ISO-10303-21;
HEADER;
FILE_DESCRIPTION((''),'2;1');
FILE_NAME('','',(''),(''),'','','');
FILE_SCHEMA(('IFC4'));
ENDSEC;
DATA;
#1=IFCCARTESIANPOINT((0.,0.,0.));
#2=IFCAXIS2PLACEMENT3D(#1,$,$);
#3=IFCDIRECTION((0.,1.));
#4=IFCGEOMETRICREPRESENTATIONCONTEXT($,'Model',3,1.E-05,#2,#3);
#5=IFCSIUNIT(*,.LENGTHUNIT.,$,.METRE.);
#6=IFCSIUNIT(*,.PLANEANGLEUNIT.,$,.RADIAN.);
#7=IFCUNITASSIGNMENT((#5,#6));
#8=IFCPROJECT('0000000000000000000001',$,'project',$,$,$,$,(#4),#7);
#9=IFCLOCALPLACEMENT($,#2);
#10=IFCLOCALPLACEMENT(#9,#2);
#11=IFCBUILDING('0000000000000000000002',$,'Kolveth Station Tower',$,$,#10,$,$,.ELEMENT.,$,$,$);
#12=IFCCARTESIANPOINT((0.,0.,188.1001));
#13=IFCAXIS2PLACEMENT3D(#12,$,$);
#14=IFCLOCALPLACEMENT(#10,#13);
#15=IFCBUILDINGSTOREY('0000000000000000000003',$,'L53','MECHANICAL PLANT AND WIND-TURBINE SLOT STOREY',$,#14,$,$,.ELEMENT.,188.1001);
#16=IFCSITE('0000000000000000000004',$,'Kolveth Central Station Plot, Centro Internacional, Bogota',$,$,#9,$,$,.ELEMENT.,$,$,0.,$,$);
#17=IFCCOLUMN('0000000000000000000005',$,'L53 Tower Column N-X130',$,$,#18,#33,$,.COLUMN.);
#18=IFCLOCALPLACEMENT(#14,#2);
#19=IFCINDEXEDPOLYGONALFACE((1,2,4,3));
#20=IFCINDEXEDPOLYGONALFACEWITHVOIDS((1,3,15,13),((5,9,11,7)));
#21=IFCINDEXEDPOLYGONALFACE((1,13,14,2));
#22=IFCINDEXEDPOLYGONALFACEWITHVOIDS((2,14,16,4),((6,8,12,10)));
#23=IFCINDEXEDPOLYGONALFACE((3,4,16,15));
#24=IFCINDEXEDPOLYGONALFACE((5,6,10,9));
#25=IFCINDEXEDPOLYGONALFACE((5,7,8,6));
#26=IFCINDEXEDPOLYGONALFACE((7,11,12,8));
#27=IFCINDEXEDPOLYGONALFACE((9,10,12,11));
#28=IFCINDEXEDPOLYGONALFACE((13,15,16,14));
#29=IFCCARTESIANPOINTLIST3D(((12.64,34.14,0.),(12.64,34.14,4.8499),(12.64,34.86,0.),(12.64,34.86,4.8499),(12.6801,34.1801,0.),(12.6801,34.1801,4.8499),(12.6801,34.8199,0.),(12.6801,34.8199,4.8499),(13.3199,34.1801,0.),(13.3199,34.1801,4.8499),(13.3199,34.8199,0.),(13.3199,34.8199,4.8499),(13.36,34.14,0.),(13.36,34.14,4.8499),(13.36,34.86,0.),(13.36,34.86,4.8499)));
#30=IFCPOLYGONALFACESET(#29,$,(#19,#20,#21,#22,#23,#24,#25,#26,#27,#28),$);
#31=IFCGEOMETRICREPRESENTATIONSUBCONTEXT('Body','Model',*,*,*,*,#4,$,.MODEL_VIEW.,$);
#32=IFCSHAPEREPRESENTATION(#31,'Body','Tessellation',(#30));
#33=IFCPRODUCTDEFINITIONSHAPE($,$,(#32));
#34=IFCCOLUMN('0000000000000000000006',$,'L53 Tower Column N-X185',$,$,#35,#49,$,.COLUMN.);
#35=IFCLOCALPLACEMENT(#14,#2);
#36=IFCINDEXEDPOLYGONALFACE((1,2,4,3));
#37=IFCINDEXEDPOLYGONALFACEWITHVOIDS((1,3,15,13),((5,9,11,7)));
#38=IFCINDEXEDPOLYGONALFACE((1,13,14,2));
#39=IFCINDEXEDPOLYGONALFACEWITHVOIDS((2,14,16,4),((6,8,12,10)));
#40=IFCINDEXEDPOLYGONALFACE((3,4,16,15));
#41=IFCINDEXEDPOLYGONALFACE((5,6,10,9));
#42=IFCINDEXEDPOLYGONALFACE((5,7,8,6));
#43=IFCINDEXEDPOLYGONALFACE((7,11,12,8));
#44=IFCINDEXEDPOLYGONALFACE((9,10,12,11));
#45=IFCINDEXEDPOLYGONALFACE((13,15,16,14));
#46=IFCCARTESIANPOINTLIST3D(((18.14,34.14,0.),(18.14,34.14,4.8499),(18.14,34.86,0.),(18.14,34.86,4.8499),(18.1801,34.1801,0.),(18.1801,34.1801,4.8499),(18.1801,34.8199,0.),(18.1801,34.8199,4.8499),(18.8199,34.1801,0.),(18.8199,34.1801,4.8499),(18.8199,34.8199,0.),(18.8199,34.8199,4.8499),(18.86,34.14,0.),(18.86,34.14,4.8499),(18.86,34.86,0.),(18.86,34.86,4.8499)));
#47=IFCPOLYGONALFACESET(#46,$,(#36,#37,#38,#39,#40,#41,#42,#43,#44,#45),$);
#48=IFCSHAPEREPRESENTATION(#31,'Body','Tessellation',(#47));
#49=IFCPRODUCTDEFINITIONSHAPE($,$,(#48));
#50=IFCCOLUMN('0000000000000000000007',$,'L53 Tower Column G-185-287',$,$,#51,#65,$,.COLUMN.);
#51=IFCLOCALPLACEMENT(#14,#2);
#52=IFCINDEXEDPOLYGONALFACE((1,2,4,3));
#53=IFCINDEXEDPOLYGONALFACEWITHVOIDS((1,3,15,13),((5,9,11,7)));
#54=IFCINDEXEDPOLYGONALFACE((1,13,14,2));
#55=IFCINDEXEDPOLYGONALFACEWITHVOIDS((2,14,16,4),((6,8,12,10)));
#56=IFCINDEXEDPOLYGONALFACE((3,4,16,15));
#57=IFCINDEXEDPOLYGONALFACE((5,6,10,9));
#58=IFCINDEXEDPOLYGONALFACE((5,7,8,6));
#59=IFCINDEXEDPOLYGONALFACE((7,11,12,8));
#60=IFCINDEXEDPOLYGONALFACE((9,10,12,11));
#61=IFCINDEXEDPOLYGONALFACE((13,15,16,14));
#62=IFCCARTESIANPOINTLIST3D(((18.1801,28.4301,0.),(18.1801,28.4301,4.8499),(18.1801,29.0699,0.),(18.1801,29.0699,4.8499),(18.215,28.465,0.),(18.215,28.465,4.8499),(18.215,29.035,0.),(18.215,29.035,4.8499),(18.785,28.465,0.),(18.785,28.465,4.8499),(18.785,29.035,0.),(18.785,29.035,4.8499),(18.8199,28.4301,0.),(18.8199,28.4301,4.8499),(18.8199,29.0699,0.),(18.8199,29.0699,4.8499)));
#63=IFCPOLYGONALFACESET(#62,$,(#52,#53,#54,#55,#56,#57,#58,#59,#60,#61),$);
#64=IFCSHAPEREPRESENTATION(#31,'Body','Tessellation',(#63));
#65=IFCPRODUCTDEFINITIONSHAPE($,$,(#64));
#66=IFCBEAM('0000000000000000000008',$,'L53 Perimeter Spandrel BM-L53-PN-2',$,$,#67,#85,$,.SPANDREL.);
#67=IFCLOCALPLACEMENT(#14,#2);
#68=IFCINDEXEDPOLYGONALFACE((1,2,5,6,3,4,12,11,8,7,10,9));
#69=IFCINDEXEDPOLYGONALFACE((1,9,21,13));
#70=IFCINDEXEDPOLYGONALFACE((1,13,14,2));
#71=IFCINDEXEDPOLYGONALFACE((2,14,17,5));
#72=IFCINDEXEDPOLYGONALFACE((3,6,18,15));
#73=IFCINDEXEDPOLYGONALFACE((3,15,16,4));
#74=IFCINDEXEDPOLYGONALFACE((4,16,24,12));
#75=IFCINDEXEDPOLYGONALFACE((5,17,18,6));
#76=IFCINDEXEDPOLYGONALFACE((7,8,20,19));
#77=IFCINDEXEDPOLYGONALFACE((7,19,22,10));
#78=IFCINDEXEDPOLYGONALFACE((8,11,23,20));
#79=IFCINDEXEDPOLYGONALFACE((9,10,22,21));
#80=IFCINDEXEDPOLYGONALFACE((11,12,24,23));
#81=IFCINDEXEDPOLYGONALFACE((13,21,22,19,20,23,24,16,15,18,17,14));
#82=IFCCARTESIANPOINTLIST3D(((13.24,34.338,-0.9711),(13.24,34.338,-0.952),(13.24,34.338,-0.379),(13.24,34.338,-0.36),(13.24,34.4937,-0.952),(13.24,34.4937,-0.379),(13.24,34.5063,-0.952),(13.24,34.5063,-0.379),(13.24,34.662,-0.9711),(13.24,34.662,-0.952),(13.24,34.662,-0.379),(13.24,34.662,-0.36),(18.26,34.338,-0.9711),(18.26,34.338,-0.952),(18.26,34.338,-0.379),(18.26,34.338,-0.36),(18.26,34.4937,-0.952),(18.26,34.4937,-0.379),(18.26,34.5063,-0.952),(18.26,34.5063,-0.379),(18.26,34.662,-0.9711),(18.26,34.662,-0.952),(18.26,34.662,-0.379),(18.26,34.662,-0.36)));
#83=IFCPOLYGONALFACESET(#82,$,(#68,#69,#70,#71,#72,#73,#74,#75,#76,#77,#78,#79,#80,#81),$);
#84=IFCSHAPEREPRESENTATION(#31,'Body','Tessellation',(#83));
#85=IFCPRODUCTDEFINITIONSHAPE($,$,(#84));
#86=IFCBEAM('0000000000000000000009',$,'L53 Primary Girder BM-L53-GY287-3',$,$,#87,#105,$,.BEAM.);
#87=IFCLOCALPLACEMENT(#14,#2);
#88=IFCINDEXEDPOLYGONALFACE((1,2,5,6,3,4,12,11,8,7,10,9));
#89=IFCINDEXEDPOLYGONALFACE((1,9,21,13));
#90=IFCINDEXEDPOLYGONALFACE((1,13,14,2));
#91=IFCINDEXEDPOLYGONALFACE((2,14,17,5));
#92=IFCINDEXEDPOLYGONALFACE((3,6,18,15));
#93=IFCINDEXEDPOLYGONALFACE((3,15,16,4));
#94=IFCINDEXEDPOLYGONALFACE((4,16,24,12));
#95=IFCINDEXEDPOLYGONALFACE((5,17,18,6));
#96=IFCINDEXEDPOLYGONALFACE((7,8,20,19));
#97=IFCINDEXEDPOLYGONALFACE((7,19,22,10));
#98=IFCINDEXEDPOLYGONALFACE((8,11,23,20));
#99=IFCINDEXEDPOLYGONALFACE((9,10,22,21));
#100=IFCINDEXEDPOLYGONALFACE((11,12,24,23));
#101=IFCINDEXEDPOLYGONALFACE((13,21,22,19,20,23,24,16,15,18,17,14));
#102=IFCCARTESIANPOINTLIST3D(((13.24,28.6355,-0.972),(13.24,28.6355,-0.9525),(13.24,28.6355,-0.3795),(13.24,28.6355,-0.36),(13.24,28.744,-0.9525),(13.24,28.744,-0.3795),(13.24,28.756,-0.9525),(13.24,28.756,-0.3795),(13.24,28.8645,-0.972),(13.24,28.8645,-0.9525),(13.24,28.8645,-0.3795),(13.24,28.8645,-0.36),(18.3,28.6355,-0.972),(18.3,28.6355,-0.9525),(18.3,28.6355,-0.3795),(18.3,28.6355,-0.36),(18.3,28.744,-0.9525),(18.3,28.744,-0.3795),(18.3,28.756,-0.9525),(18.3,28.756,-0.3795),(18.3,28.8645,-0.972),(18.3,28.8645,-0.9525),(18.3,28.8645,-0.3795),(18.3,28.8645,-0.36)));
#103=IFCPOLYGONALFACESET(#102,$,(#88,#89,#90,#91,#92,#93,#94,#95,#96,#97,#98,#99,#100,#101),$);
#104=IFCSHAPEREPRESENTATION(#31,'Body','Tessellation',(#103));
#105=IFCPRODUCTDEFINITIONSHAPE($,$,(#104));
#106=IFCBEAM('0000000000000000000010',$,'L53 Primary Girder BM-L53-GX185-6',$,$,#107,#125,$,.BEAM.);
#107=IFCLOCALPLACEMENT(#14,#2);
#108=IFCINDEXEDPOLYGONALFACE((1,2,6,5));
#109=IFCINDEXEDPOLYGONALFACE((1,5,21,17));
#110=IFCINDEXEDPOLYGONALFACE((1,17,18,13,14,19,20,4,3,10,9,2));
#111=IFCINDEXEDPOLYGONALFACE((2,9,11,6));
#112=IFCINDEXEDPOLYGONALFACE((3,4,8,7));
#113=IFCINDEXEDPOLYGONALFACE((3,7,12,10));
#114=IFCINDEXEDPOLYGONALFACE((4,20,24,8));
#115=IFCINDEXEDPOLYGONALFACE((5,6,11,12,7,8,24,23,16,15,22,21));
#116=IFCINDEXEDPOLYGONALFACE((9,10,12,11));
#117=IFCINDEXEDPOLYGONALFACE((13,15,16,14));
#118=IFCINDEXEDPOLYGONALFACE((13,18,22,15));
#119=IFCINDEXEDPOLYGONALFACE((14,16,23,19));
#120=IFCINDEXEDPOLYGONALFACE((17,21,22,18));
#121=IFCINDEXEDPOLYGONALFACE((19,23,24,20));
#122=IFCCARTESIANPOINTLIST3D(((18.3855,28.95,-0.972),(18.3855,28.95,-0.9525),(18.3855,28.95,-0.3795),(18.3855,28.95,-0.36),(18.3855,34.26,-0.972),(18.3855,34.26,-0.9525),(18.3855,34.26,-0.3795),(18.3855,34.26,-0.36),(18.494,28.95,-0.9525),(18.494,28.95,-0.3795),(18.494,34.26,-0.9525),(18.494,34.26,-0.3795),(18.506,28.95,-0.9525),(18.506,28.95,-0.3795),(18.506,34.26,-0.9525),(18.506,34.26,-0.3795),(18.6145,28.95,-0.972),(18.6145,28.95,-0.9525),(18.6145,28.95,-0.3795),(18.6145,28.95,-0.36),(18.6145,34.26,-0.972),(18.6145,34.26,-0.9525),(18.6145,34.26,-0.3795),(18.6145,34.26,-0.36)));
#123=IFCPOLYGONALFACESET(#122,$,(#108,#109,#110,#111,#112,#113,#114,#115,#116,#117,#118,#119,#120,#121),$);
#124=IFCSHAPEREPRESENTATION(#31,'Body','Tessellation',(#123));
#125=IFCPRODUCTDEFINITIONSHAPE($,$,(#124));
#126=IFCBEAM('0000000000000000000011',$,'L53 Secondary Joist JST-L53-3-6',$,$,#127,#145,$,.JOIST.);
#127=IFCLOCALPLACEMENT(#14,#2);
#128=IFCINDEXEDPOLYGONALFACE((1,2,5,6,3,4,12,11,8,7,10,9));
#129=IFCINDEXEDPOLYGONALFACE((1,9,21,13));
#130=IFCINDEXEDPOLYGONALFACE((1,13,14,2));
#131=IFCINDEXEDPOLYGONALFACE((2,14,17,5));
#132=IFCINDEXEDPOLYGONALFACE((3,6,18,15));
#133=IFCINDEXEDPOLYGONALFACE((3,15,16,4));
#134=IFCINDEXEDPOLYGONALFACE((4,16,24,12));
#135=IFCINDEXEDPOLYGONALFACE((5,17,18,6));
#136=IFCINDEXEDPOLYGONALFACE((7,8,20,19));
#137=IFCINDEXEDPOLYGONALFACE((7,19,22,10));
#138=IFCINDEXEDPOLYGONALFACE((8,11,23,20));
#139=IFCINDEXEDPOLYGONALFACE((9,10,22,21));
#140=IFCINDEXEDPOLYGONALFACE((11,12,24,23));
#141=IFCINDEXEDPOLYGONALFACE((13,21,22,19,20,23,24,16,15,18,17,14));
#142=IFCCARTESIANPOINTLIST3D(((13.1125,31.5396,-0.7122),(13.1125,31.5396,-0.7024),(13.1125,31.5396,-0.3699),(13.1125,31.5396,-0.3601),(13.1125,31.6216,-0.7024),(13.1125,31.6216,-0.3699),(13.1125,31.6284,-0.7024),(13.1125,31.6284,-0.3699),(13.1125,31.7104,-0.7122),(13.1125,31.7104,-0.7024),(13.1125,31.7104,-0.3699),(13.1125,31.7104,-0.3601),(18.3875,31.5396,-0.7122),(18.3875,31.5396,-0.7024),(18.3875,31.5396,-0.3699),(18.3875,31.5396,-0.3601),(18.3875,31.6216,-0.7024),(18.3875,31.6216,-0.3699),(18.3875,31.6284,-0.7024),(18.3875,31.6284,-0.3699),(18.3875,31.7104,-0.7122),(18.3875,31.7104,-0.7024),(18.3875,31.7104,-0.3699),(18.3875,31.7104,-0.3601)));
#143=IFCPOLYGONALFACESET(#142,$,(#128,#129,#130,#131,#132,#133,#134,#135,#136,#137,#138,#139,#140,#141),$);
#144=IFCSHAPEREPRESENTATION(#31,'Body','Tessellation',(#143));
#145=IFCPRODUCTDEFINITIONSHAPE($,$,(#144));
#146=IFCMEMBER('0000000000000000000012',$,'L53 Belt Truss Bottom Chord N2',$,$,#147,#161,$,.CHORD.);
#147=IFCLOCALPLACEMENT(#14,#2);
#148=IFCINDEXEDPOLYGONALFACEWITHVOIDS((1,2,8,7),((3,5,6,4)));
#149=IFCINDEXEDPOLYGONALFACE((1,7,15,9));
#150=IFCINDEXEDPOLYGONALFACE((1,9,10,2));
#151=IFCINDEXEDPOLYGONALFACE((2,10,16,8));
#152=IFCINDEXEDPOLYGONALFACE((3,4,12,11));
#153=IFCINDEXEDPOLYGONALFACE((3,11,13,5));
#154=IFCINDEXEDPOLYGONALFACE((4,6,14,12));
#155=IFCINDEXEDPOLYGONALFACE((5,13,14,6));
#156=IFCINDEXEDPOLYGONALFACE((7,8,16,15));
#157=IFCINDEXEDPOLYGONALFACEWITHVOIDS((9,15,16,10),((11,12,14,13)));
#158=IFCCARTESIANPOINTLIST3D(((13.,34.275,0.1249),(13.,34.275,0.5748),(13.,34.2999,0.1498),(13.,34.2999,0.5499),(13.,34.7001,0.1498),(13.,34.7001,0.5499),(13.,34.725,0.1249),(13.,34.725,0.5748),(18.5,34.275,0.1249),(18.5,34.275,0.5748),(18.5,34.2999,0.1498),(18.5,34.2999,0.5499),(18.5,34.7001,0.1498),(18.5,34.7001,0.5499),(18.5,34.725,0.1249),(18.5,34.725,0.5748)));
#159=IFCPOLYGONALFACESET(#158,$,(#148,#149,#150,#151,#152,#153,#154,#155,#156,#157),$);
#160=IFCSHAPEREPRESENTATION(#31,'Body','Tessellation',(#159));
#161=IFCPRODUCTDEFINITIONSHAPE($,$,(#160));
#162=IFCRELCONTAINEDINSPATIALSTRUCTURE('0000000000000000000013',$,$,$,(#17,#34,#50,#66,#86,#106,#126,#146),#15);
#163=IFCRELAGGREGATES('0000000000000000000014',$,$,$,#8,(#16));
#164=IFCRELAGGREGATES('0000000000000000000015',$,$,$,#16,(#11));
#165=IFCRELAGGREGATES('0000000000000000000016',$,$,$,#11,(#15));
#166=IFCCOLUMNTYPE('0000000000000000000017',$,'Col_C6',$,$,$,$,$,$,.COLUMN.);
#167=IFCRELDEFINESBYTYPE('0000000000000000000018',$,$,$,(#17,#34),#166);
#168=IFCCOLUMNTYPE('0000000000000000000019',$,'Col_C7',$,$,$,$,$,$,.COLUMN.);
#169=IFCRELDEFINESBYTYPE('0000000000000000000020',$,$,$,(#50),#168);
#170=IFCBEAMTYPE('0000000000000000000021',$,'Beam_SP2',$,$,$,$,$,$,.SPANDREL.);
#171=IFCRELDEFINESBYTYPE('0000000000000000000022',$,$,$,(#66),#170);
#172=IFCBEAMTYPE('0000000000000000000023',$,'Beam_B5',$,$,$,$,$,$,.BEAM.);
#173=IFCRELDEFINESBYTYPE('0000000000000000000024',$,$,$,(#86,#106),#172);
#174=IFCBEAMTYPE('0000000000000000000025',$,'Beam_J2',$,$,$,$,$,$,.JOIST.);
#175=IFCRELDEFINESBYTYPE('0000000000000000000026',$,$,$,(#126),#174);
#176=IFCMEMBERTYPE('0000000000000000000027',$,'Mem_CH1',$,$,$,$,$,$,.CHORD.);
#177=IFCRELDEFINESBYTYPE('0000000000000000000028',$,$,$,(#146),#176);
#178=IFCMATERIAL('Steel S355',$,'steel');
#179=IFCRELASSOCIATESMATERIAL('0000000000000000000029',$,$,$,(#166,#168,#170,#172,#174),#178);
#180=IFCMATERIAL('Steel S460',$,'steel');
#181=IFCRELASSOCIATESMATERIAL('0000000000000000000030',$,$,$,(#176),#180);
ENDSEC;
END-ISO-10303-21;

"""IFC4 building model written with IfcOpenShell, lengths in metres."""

from ifc_helpers import new_model, si_unit, direction, frame, origin, origin_2d, place, context, subcontext, project, spatial, hollow_rectangle, i_section, extrude, source, transform, mapped, material, material_profile, profile_set, type_object, element, save


model = new_model("IFC4")

# Units and contexts
model_context = context("Model", 3, precision=1e-05, world=origin(), true_north=direction((0.0, 1.0)))
body_context = subcontext(model_context, "Body", "Model", "MODEL_VIEW")
ifc_project = project(units=[si_unit("LENGTHUNIT", "METRE"), si_unit("PLANEANGLEUNIT", "RADIAN")], contexts=[model_context])

# Site, building, storey
site_placement = place(None, origin())
site = spatial("IfcSite", under=ifc_project, at=site_placement, Name="Kolveth Central Station Plot, Centro Internacional, Bogota", CompositionType="ELEMENT", RefElevation=0.0)
building_placement = place(site_placement, origin())
building = spatial("IfcBuilding", under=site, at=building_placement, Name="Kolveth Station Tower", CompositionType="ELEMENT")
storey_placement = place(building_placement, frame((0.0, 0.0, 188.1001)))
storey = spatial("IfcBuildingStorey", under=building, at=storey_placement, Name="L53", Description="MECHANICAL PLANT AND WIND-TURBINE SLOT STOREY", CompositionType="ELEMENT", Elevation=188.1001)

# Columns
ifc_material_1 = material(Name="Steel S355", Category="steel")
ifc_material_profile_1 = material_profile(ifc_material_1, hollow_rectangle(XDim=0.72, YDim=0.72, WallThickness=0.04, at=origin_2d()), Name="BOX720x720x40")
ifc_profile_set_1 = profile_set([ifc_material_profile_1], Name="Steel S355")
column_type_1 = type_object("IfcColumnType", Name="Col_C6", PredefinedType="COLUMN", material=ifc_profile_set_1)
shared_shape_1 = source(origin(), body_context, "Body", "SweptSolid", [
    extrude(hollow_rectangle(XDim=0.72, YDim=0.72, WallThickness=0.04, at=origin_2d()), origin(), (0.0, 0.0, 1.0), 4.8499),
])
for number, where, z_axis, x_axis, name in (
    (1, (13.0, 34.5, 0.0), (0.0, 0.0, 1.0), (1.0, 0.0, 0.0), "L53 Tower Column N-X130"),
    (2, (18.5, 34.5, 0.0), (0.0, 0.0, 1.0), (1.0, 0.0, 0.0), "L53 Tower Column N-X185"),
):
    element("IfcColumn", number, at=place(storey_placement, frame(where, z_axis=z_axis, x_axis=x_axis)), inside=storey, type_object=column_type_1, Name=name, PredefinedType="COLUMN", context=body_context, shape_type="MappedRepresentation", body=[
        mapped(shared_shape_1, transform((0.0, 0.0, 0.0), x_axis=(1.0, 0.0, 0.0), y_axis=(0.0, 1.0, 0.0), z_axis=(0.0, 0.0, 1.0), scale=1.0)),
    ])
ifc_material_profile_2 = material_profile(ifc_material_1, hollow_rectangle(XDim=0.6399, YDim=0.6399, WallThickness=0.0349, at=origin_2d()), Name="BOX640x640x35")
ifc_profile_set_2 = profile_set([ifc_material_profile_2], Name="Steel S355")
column_type_2 = type_object("IfcColumnType", Name="Col_C7", PredefinedType="COLUMN", material=ifc_profile_set_2)
shared_shape_2 = source(origin(), body_context, "Body", "SweptSolid", [
    extrude(hollow_rectangle(XDim=0.6399, YDim=0.6399, WallThickness=0.0349, at=origin_2d()), origin(), (0.0, 0.0, 1.0), 4.8499),
])
column_placement = place(storey_placement, frame((18.5, 28.75, 0.0), z_axis=(0.0, 0.0, 1.0), x_axis=(1.0, 0.0, 0.0)))
element("IfcColumn", 3, at=column_placement, inside=storey, type_object=column_type_2, Name="L53 Tower Column G-185-287", PredefinedType="COLUMN", context=body_context, shape_type="MappedRepresentation", body=[
    mapped(shared_shape_2, transform((0.0, 0.0, 0.0), x_axis=(1.0, 0.0, 0.0), y_axis=(0.0, 1.0, 0.0), z_axis=(0.0, 0.0, 1.0), scale=1.0)),
])

# Beams
ifc_material_profile_3 = material_profile(ifc_material_1, i_section(OverallWidth=0.324, OverallDepth=0.6111, WebThickness=0.0127, FlangeThickness=0.019, at=origin_2d()), Name="W610x155")
ifc_profile_set_3 = profile_set([ifc_material_profile_3], Name="Steel S355")
beam_type_1 = type_object("IfcBeamType", Name="Beam_SP2", PredefinedType="SPANDREL", material=ifc_profile_set_3)
shared_shape_3 = source(origin(), body_context, "Body", "SweptSolid", [
    extrude(i_section(OverallWidth=0.324, OverallDepth=0.6111, WebThickness=0.0127, FlangeThickness=0.019, at=origin_2d()), origin(), (0.0, 0.0, 1.0), 5.02),
])
beam_1_placement = place(storey_placement, frame((13.24, 34.5, -0.6655), z_axis=(1.0, 0.0, 0.0), x_axis=(0.0, 1.0, 0.0)))
element("IfcBeam", 4, at=beam_1_placement, inside=storey, type_object=beam_type_1, Name="L53 Perimeter Spandrel BM-L53-PN-2", PredefinedType="SPANDREL", context=body_context, shape_type="MappedRepresentation", body=[
    mapped(shared_shape_3, transform((0.0, 0.0, 0.0), x_axis=(1.0, 0.0, 0.0), y_axis=(0.0, 1.0, 0.0), z_axis=(0.0, 0.0, 1.0), scale=1.0)),
])
ifc_material_profile_4 = material_profile(ifc_material_1, i_section(OverallWidth=0.229, OverallDepth=0.6121, WebThickness=0.012, FlangeThickness=0.0195, at=origin_2d()), Name="W610x125")
ifc_profile_set_4 = profile_set([ifc_material_profile_4], Name="Steel S355")
beam_type_2 = type_object("IfcBeamType", Name="Beam_B5", PredefinedType="BEAM", material=ifc_profile_set_4)
shared_shape_4 = source(origin(), body_context, "Body", "SweptSolid", [
    extrude(i_section(OverallWidth=0.229, OverallDepth=0.6121, WebThickness=0.012, FlangeThickness=0.0195, at=origin_2d()), origin(), (0.0, 0.0, 1.0), 5.0601),
])
beam_2_placement = place(storey_placement, frame((13.24, 28.75, -0.666), z_axis=(1.0, 0.0, 0.0), x_axis=(0.0, 1.0, 0.0)))
element("IfcBeam", 5, at=beam_2_placement, inside=storey, type_object=beam_type_2, Name="L53 Primary Girder BM-L53-GY287-3", PredefinedType="BEAM", context=body_context, shape_type="MappedRepresentation", body=[
    mapped(shared_shape_4, transform((0.0, 0.0, 0.0), x_axis=(1.0, 0.0, 0.0), y_axis=(0.0, 1.0, 0.0), z_axis=(0.0, 0.0, 1.0), scale=1.0)),
])
shared_shape_5 = source(origin(), body_context, "Body", "SweptSolid", [
    extrude(i_section(OverallWidth=0.229, OverallDepth=0.6121, WebThickness=0.012, FlangeThickness=0.0195, at=origin_2d()), origin(), (0.0, 0.0, 1.0), 5.3101),
])
beam_3_placement = place(storey_placement, frame((18.5, 28.95, -0.666), z_axis=(0.0, 1.0, 0.0), x_axis=(-1.0, 0.0, 0.0)))
element("IfcBeam", 6, at=beam_3_placement, inside=storey, type_object=beam_type_2, Name="L53 Primary Girder BM-L53-GX185-6", PredefinedType="BEAM", context=body_context, shape_type="MappedRepresentation", body=[
    mapped(shared_shape_5, transform((0.0, 0.0, 0.0), x_axis=(1.0, 0.0, 0.0), y_axis=(0.0, 1.0, 0.0), z_axis=(0.0, 0.0, 1.0), scale=1.0)),
])
ifc_material_profile_5 = material_profile(ifc_material_1, i_section(OverallWidth=0.1709, OverallDepth=0.3521, WebThickness=0.0068, FlangeThickness=0.0098, at=origin_2d()), Name="W360x44")
ifc_profile_set_5 = profile_set([ifc_material_profile_5], Name="Steel S355")
beam_type_3 = type_object("IfcBeamType", Name="Beam_J2", PredefinedType="JOIST", material=ifc_profile_set_5)
shared_shape_6 = source(origin(), body_context, "Body", "SweptSolid", [
    extrude(i_section(OverallWidth=0.1709, OverallDepth=0.3521, WebThickness=0.0068, FlangeThickness=0.0098, at=origin_2d()), origin(), (0.0, 0.0, 1.0), 5.2749),
])
beam_4_placement = place(storey_placement, frame((13.1125, 31.625, -0.5361), z_axis=(1.0, 0.0, 0.0), x_axis=(0.0, 1.0, 0.0)))
element("IfcBeam", 7, at=beam_4_placement, inside=storey, type_object=beam_type_3, Name="L53 Secondary Joist JST-L53-3-6", PredefinedType="JOIST", context=body_context, shape_type="MappedRepresentation", body=[
    mapped(shared_shape_6, transform((0.0, 0.0, 0.0), x_axis=(1.0, 0.0, 0.0), y_axis=(0.0, 1.0, 0.0), z_axis=(0.0, 0.0, 1.0), scale=1.0)),
])

# Member
ifc_material_2 = material(Name="Steel S460", Category="steel")
ifc_material_profile_6 = material_profile(ifc_material_2, hollow_rectangle(XDim=0.45, YDim=0.45, WallThickness=0.0249, at=origin_2d()), Name="HSS450x450x25")
ifc_profile_set_6 = profile_set([ifc_material_profile_6], Name="Steel S460")
member_type_1 = type_object("IfcMemberType", Name="Mem_CH1", PredefinedType="CHORD", material=ifc_profile_set_6)
shared_shape_7 = source(origin(), body_context, "Body", "SweptSolid", [
    extrude(hollow_rectangle(XDim=0.45, YDim=0.45, WallThickness=0.0249, at=origin_2d()), origin(), (0.0, 0.0, 1.0), 5.5),
])
member_1_placement = place(storey_placement, frame((13.0, 34.5, 0.3499), z_axis=(1.0, 0.0, 0.0), x_axis=(0.0, 1.0, 0.0)))
element("IfcMember", 8, at=member_1_placement, inside=storey, type_object=member_type_1, Name="L53 Belt Truss Bottom Chord N2", PredefinedType="CHORD", context=body_context, shape_type="MappedRepresentation", body=[
    mapped(shared_shape_7, transform((0.0, 0.0, 0.0), x_axis=(1.0, 0.0, 0.0), y_axis=(0.0, 1.0, 0.0), z_axis=(0.0, 0.0, 1.0), scale=1.0)),
])

save(model, "model.ifc")
